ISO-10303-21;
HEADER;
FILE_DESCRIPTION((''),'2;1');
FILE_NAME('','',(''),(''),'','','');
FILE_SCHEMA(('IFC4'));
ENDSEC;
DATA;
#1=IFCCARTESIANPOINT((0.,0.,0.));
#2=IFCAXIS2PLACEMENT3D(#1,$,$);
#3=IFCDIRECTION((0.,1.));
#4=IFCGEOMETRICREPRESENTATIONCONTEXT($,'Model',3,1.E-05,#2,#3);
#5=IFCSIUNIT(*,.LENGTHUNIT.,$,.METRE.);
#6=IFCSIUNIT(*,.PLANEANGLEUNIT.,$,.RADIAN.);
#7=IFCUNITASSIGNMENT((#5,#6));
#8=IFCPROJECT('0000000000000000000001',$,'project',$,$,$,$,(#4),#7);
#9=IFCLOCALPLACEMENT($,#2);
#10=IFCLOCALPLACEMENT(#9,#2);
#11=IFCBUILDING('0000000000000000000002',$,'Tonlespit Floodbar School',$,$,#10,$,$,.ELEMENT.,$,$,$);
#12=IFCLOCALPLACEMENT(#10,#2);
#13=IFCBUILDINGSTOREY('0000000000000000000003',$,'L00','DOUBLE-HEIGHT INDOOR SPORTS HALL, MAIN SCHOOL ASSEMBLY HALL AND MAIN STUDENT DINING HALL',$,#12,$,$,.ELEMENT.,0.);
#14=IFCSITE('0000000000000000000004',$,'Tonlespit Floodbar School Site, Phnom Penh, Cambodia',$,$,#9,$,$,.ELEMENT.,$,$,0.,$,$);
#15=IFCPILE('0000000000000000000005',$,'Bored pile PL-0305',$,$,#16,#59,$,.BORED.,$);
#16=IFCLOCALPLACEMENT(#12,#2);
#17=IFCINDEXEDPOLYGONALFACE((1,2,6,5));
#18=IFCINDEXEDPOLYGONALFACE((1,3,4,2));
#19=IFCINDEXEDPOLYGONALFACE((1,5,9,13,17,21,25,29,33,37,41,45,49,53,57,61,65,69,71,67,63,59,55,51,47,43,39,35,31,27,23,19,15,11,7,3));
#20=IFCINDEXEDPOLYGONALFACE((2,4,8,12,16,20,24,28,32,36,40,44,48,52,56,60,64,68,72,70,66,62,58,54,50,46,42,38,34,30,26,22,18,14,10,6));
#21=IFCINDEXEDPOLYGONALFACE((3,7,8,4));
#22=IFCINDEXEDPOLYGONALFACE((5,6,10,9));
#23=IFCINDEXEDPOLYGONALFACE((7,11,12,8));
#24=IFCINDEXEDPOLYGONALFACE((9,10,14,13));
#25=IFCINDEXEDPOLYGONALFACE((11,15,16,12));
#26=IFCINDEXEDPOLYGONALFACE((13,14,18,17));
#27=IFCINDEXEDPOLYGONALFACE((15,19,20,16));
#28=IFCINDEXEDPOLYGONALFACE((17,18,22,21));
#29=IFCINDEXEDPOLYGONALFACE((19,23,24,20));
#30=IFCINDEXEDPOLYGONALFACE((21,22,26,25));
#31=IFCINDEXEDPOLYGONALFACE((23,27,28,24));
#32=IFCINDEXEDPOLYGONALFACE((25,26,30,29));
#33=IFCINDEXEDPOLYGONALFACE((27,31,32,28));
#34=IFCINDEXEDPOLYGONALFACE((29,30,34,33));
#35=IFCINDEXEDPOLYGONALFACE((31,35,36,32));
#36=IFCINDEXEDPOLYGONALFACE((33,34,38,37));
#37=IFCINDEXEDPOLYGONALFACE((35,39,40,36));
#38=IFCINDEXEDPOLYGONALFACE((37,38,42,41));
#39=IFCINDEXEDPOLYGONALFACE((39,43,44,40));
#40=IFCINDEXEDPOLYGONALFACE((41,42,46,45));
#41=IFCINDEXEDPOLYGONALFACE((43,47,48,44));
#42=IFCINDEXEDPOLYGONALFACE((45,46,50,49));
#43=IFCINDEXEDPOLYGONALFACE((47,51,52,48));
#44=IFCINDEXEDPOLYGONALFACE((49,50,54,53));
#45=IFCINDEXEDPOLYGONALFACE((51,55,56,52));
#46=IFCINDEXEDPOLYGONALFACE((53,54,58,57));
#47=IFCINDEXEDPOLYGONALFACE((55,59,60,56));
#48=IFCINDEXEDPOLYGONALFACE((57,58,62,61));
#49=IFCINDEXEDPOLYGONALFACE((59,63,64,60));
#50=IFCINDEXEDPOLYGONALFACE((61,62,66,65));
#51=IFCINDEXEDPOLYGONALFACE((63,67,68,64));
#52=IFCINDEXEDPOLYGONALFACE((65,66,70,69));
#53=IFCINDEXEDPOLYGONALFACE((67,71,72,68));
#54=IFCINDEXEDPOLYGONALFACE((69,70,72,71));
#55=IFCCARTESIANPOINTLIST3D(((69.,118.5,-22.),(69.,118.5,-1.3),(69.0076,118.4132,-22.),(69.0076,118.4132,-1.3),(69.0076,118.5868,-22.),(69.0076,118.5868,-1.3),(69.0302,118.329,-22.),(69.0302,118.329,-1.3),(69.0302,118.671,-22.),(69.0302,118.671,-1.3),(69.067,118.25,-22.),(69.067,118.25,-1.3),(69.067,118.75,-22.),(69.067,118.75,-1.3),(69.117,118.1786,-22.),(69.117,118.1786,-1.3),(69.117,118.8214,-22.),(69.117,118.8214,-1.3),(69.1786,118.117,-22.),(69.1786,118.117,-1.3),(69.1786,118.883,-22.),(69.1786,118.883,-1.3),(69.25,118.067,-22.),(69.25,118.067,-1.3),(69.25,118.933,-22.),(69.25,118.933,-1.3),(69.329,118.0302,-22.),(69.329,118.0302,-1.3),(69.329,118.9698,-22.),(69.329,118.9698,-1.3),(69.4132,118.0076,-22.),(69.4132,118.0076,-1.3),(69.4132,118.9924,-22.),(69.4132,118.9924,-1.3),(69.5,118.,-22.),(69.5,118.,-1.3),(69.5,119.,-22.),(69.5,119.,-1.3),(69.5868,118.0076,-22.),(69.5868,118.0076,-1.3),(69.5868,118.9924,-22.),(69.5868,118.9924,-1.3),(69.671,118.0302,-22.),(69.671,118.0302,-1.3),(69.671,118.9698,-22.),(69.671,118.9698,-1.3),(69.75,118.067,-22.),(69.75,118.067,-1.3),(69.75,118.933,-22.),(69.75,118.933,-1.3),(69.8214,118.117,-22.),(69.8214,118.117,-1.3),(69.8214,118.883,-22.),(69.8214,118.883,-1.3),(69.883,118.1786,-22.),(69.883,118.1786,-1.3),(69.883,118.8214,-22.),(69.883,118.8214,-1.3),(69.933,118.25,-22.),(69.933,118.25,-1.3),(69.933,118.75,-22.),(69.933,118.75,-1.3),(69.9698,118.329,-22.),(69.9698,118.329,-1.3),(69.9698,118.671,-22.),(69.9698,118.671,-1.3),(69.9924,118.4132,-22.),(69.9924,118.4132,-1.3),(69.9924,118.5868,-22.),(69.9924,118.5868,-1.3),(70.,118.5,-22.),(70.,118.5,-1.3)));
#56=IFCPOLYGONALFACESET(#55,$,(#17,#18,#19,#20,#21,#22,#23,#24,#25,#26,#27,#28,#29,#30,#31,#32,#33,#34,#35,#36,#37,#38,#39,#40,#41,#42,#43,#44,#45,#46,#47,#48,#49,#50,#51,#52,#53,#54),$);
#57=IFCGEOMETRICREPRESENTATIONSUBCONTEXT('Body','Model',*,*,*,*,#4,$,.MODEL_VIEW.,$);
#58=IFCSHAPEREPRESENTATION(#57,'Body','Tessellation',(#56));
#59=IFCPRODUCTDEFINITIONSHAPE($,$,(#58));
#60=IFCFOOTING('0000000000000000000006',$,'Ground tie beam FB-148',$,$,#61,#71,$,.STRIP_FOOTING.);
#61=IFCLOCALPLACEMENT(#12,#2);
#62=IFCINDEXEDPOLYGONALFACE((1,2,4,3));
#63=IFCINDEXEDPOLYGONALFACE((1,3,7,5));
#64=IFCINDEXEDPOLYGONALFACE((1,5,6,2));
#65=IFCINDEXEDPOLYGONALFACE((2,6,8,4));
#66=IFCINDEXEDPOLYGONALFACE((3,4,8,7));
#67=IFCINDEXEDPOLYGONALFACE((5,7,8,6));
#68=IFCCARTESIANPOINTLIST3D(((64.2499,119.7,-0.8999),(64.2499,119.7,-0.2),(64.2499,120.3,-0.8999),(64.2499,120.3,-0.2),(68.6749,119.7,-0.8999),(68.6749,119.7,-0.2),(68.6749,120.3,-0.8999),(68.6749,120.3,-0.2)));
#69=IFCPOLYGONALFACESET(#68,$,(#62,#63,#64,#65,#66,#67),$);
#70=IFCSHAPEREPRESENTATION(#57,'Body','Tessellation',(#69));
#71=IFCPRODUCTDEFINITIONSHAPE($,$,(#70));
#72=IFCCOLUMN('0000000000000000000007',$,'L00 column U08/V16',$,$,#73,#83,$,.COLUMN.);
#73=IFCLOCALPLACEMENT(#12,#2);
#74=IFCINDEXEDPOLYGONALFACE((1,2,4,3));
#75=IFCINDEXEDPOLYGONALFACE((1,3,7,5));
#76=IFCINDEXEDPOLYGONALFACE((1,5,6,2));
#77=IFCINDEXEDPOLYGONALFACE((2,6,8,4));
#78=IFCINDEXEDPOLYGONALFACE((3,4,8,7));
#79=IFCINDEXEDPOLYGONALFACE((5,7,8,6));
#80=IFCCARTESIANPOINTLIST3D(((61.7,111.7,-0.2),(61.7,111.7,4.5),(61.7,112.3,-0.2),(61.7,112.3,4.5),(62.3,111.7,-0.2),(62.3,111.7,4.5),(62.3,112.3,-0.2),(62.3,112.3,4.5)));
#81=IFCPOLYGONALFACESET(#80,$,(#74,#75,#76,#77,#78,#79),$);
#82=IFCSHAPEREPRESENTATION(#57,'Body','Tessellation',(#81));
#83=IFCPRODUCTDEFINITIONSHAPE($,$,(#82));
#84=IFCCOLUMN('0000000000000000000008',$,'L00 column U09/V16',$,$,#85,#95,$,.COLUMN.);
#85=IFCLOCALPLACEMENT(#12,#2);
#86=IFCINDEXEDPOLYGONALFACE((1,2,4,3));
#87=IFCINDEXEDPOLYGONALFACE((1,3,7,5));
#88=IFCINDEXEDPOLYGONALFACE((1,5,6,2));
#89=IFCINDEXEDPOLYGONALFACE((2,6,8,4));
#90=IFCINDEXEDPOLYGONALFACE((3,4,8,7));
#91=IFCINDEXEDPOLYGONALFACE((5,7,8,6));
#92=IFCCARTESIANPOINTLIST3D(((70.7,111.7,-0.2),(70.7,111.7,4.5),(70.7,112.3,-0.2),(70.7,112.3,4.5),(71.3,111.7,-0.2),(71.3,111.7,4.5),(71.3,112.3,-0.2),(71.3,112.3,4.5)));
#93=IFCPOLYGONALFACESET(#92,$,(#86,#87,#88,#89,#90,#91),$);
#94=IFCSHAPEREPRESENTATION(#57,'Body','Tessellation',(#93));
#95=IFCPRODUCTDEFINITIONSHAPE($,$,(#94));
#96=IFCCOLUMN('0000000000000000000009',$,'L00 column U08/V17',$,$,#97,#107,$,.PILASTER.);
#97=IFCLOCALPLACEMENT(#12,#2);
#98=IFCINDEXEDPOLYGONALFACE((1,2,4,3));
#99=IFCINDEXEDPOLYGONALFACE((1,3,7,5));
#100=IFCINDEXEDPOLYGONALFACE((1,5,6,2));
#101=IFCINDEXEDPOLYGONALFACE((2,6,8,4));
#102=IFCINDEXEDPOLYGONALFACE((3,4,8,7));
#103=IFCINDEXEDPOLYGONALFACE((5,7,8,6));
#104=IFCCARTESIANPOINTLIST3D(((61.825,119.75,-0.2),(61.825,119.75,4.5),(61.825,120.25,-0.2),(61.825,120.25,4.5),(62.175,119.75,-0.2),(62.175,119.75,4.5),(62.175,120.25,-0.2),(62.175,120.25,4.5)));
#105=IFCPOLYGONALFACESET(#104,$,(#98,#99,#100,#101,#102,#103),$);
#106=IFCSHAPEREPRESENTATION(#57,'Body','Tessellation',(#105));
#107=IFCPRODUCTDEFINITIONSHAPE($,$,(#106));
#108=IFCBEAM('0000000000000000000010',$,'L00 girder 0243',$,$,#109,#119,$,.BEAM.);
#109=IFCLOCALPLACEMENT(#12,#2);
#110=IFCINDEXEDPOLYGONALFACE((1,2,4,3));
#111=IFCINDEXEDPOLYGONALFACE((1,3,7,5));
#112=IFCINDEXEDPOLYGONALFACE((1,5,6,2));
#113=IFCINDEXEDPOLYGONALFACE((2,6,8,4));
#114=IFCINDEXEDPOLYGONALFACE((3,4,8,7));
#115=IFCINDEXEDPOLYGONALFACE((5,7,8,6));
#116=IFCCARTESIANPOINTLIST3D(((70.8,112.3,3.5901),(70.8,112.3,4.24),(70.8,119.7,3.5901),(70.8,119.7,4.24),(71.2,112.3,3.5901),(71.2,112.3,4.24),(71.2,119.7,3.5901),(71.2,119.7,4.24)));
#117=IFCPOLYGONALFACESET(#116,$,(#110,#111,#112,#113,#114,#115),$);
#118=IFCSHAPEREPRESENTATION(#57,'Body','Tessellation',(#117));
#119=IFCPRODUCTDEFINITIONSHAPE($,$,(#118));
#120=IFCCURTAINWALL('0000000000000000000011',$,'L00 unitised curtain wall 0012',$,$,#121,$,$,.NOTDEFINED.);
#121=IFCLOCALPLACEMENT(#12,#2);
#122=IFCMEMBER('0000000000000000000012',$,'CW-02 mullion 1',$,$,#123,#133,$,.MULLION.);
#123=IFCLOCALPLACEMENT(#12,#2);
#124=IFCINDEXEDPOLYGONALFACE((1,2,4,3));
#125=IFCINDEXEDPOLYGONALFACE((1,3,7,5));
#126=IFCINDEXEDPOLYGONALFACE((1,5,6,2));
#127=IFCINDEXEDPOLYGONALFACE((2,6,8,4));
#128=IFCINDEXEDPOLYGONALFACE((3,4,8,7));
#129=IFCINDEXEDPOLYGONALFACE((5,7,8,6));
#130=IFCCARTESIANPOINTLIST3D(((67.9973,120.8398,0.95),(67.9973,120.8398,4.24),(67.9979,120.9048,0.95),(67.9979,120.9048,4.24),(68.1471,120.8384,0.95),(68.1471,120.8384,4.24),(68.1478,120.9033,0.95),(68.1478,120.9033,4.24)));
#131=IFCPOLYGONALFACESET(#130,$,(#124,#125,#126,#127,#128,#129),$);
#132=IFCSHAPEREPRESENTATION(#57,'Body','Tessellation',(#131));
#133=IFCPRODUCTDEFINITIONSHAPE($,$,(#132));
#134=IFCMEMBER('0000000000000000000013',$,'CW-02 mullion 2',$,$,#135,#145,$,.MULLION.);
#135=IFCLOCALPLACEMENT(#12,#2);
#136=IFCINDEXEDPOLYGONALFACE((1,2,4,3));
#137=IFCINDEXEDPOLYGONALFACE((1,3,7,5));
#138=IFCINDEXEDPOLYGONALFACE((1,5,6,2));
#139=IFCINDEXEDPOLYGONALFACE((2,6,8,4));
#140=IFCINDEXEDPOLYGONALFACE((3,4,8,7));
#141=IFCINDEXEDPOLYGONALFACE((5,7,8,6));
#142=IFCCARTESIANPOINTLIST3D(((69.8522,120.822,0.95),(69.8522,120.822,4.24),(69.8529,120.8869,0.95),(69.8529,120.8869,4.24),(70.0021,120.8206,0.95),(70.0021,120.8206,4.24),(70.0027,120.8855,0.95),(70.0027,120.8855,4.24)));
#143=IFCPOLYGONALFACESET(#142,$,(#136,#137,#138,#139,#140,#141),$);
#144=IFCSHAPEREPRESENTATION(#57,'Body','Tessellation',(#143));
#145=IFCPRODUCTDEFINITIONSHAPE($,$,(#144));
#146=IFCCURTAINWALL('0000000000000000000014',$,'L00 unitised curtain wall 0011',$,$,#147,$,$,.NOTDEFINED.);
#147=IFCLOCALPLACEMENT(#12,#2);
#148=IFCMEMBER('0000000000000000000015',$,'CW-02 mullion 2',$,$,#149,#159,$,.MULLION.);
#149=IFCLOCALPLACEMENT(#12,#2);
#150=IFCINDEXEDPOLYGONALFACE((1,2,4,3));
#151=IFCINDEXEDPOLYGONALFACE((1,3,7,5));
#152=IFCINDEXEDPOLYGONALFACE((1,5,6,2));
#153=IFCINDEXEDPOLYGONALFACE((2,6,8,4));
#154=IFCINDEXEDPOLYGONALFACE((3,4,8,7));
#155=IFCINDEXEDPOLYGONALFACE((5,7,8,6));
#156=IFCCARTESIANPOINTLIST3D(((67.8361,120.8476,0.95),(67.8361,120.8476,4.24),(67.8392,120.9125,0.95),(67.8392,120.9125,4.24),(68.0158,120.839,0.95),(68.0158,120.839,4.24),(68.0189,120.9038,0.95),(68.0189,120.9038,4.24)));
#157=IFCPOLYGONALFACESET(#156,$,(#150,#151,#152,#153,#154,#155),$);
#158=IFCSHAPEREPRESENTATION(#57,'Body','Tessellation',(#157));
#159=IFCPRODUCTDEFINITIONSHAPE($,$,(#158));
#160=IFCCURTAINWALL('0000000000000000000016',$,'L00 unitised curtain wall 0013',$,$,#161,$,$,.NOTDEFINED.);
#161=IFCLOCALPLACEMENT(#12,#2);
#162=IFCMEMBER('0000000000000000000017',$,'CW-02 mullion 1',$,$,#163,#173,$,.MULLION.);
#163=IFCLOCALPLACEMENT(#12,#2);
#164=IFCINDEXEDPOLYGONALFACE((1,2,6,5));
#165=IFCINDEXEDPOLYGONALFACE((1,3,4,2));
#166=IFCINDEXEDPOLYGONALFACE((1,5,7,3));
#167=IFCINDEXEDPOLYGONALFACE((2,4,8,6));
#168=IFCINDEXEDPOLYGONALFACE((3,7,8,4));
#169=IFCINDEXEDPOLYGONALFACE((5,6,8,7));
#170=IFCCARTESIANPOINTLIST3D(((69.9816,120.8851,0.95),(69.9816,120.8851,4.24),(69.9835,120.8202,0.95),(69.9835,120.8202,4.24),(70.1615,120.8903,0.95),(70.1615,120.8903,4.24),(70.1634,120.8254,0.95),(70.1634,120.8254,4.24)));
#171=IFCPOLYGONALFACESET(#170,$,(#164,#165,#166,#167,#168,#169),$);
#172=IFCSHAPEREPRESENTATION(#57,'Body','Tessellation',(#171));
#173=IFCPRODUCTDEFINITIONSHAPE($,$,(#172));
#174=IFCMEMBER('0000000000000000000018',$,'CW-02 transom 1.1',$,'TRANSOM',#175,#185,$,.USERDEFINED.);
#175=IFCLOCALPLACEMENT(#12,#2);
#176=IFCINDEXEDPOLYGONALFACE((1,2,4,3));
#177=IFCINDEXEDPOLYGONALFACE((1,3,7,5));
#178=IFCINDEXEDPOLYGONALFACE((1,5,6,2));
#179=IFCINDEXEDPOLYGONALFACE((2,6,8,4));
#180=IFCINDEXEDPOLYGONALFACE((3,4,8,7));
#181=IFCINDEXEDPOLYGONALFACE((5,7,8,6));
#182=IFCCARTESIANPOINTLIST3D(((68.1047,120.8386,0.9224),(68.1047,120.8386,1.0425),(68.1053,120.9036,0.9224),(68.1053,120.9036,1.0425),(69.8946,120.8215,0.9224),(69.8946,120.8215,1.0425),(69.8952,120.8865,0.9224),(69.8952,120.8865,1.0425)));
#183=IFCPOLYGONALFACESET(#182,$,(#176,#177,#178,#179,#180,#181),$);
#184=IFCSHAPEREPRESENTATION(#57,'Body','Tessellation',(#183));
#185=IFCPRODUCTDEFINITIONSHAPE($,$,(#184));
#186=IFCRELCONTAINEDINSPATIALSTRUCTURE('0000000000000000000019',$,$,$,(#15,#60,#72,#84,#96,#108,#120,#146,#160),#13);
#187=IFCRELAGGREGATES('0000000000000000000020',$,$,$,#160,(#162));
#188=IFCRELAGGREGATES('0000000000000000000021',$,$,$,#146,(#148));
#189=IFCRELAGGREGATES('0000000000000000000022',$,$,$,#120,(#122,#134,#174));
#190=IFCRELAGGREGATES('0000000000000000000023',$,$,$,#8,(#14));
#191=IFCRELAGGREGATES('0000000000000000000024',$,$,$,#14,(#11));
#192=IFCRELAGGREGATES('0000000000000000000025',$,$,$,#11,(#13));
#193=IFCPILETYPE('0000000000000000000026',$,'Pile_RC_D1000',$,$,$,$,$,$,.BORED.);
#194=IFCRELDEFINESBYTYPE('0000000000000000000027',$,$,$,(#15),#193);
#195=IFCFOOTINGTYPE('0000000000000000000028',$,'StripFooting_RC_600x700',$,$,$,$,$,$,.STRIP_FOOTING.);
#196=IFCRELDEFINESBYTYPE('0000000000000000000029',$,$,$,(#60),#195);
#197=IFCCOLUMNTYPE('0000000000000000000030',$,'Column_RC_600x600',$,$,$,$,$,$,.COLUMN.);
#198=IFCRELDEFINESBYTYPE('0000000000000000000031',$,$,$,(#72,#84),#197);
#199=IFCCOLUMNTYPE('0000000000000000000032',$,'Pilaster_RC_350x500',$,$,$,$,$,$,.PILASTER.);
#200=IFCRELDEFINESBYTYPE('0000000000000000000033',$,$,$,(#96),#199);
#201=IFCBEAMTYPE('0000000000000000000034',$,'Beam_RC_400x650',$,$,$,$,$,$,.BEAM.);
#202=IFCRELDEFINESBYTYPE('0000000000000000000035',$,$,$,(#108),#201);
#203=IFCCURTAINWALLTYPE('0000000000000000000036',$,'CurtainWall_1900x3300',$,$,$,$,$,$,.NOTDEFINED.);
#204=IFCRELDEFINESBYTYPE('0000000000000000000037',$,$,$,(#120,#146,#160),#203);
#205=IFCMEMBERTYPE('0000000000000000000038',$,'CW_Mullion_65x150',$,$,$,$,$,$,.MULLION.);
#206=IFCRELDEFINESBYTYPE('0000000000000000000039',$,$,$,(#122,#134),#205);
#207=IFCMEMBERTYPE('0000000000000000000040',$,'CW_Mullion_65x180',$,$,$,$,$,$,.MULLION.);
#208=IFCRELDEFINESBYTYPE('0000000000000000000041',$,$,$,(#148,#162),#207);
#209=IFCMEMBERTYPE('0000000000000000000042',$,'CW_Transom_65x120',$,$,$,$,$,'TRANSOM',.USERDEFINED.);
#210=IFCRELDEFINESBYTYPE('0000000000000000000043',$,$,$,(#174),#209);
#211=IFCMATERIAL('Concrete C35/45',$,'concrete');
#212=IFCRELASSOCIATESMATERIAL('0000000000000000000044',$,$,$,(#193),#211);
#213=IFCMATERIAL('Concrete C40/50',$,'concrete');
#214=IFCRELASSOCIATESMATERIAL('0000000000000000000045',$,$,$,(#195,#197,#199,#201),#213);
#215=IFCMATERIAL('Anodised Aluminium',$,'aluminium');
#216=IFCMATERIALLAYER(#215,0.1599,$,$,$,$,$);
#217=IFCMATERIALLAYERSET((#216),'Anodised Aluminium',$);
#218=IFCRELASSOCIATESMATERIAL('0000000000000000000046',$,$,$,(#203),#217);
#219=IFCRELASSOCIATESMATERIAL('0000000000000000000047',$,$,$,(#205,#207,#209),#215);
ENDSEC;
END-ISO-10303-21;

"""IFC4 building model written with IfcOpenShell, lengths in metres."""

from ifc_helpers import new_model, si_unit, direction, frame, origin, origin_2d, place, context, subcontext, project, spatial, rectangle, circle, extrude, material, layer, layer_set, material_profile, profile_set, type_object, element, aggregate, save


model = new_model("IFC4")

# Units and contexts
model_context = context("Model", 3, precision=1e-05, world=origin(), true_north=direction((0.0, 1.0)))
body_context = subcontext(model_context, "Body", "Model", "MODEL_VIEW")
ifc_project = project(units=[si_unit("LENGTHUNIT", "METRE"), si_unit("PLANEANGLEUNIT", "RADIAN")], contexts=[model_context])

# Site, building, storey
site_placement = place(None, origin())
site = spatial("IfcSite", under=ifc_project, at=site_placement, Name="Tonlespit Floodbar School Site, Phnom Penh, Cambodia", CompositionType="ELEMENT", RefElevation=0.0)
building_placement = place(site_placement, origin())
building = spatial("IfcBuilding", under=site, at=building_placement, Name="Tonlespit Floodbar School", CompositionType="ELEMENT")
storey_placement = place(building_placement, origin())
storey = spatial("IfcBuildingStorey", under=building, at=storey_placement, Name="L00", Description="DOUBLE-HEIGHT INDOOR SPORTS HALL, MAIN SCHOOL ASSEMBLY HALL AND MAIN STUDENT DINING HALL", CompositionType="ELEMENT", Elevation=0.0)

# Shared definitions
ifc_material_1 = material(Name="Concrete C40/50", Category="concrete")

# Pile
ifc_material_2 = material(Name="Concrete C35/45", Category="concrete")
ifc_material_profile_1 = material_profile(ifc_material_2, circle(Radius=0.5, at=origin_2d()), Name="BP D1000")
ifc_profile_set_1 = profile_set([ifc_material_profile_1], Name="Concrete C35/45")
pile_type = type_object("IfcPileType", Name="Pile_RC_D1000", PredefinedType="BORED", material=ifc_profile_set_1)
for number, where, z_axis, x_axis, name in (
    (1, (69.5, 118.5, -1.3), (0.0, 0.0, -1.0), (1.0, 0.0, 0.0), "Bored pile PL-0305"),
):
    element("IfcPile", number, at=place(storey_placement, frame(where, z_axis=z_axis, x_axis=x_axis)), inside=storey, type_object=pile_type, Name=name, PredefinedType="BORED", context=body_context, shape_type="SweptSolid", body=[
        extrude(circle(Radius=0.5, at=origin_2d()), origin(), (0.0, 0.0, 1.0), 20.7),
    ])

# Footing
footing_type_1 = type_object("IfcFootingType", Name="StripFooting_RC_600x700", PredefinedType="STRIP_FOOTING", material=ifc_material_1)
footing_1_placement = place(storey_placement, frame((66.4624, 120.0, -0.8999), z_axis=(0.0, 0.0, 1.0), x_axis=(1.0, 0.0, 0.0)))
element("IfcFooting", 2, at=footing_1_placement, inside=storey, type_object=footing_type_1, Name="Ground tie beam FB-148", PredefinedType="STRIP_FOOTING", context=body_context, shape_type="SweptSolid", body=[
    extrude(rectangle(XDim=4.425, YDim=0.6001, at=origin_2d()), origin(), (0.0, 0.0, 1.0), 0.7),
])

# Columns
ifc_material_profile_2 = material_profile(ifc_material_1, rectangle(XDim=0.6001, YDim=0.6001, at=origin_2d()), Name="RC 600x600")
ifc_profile_set_2 = profile_set([ifc_material_profile_2], Name="Concrete C40/50")
column_type_1 = type_object("IfcColumnType", Name="Column_RC_600x600", PredefinedType="COLUMN", material=ifc_profile_set_2)
for number, where, z_axis, x_axis, name in (
    (3, (62.0, 112.0, -0.2), (0.0, 0.0, 1.0), (1.0, 0.0, 0.0), "L00 column U08/V16"),
    (4, (71.0, 112.0, -0.2), (0.0, 0.0, 1.0), (1.0, 0.0, 0.0), "L00 column U09/V16"),
):
    element("IfcColumn", number, at=place(storey_placement, frame(where, z_axis=z_axis, x_axis=x_axis)), inside=storey, type_object=column_type_1, Name=name, PredefinedType="COLUMN", context=body_context, shape_type="SweptSolid", body=[
        extrude(rectangle(XDim=0.6001, YDim=0.6001, at=origin_2d()), origin(), (0.0, 0.0, 1.0), 4.7),
    ])
ifc_material_profile_3 = material_profile(ifc_material_1, rectangle(XDim=0.3501, YDim=0.5, at=origin_2d()), Name="RC 350x500")
ifc_profile_set_3 = profile_set([ifc_material_profile_3], Name="Concrete C40/50")
column_type_2 = type_object("IfcColumnType", Name="Pilaster_RC_350x500", PredefinedType="PILASTER", material=ifc_profile_set_3)
column_placement = place(storey_placement, frame((62.0, 120.0, -0.2), z_axis=(0.0, 0.0, 1.0), x_axis=(1.0, 0.0, 0.0)))
element("IfcColumn", 5, at=column_placement, inside=storey, type_object=column_type_2, Name="L00 column U08/V17", PredefinedType="PILASTER", context=body_context, shape_type="SweptSolid", body=[
    extrude(rectangle(XDim=0.3501, YDim=0.5, at=origin_2d()), origin(), (0.0, 0.0, 1.0), 4.7),
])

# Beam
ifc_material_profile_4 = material_profile(ifc_material_1, rectangle(XDim=0.3999, YDim=0.6499, at=origin_2d()), Name="RC 400x650")
ifc_profile_set_4 = profile_set([ifc_material_profile_4], Name="Concrete C40/50")
beam_type_1 = type_object("IfcBeamType", Name="Beam_RC_400x650", PredefinedType="BEAM", material=ifc_profile_set_4)
beam_1_placement = place(storey_placement, frame((71.0, 112.3, 3.915), z_axis=(0.0, 1.0, 0.0), x_axis=(-1.0, 0.0, 0.0)))
element("IfcBeam", 6, at=beam_1_placement, inside=storey, type_object=beam_type_1, Name="L00 girder 0243", PredefinedType="BEAM", context=body_context, shape_type="SweptSolid", body=[
    extrude(rectangle(XDim=0.3999, YDim=0.6499, at=origin_2d()), origin(), (0.0, 0.0, 1.0), 7.3999),
])

# Curtain wall, members
ifc_material_3 = material(Name="Anodised Aluminium", Category="aluminium")
ifc_layer_1 = layer(ifc_material_3, 0.1599)
ifc_layer_set_1 = layer_set([ifc_layer_1], Name="Anodised Aluminium")
curtain_wall_type = type_object("IfcCurtainWallType", Name="CurtainWall_1900x3300", PredefinedType="NOTDEFINED", material=ifc_layer_set_1)
curtain_wall_1_placement = place(storey_placement, origin())
curtain_wall_1 = element("IfcCurtainWall", 7, at=curtain_wall_1_placement, inside=storey, type_object=curtain_wall_type, Name="L00 unitised curtain wall 0012", PredefinedType="NOTDEFINED")
ifc_material_profile_5 = material_profile(ifc_material_3, rectangle(XDim=0.0649, YDim=0.1499, at=origin_2d()), Name="ALU M65x150")
ifc_profile_set_5 = profile_set([ifc_material_profile_5], Name="Anodised Aluminium")
member_type_1 = type_object("IfcMemberType", Name="CW_Mullion_65x150", PredefinedType="MULLION", material=ifc_profile_set_5)
member_1_placement = place(storey_placement, frame((68.0725, 120.8716, 0.95), z_axis=(0.0, 0.0, 1.0), x_axis=(0.009583, 0.999954, 0.0)))
member_1 = element("IfcMember", 8, at=member_1_placement, type_object=member_type_1, Name="CW-02 mullion 1", PredefinedType="MULLION", context=body_context, shape_type="SweptSolid", body=[
    extrude(rectangle(XDim=0.0649, YDim=0.1499, at=origin_2d()), origin(), (0.0, 0.0, 1.0), 3.29),
])
member_2_placement = place(storey_placement, frame((69.9275, 120.8538, 0.95), z_axis=(0.0, 0.0, 1.0), x_axis=(0.009583, 0.999954, 0.0)))
member_2 = element("IfcMember", 9, at=member_2_placement, type_object=member_type_1, Name="CW-02 mullion 2", PredefinedType="MULLION", context=body_context, shape_type="SweptSolid", body=[
    extrude(rectangle(XDim=0.0649, YDim=0.1499, at=origin_2d()), origin(), (0.0, 0.0, 1.0), 3.29),
])

# Curtain walls, members
curtain_wall_2_placement = place(storey_placement, origin())
curtain_wall_2 = element("IfcCurtainWall", 10, at=curtain_wall_2_placement, inside=storey, type_object=curtain_wall_type, Name="L00 unitised curtain wall 0011", PredefinedType="NOTDEFINED")
ifc_material_profile_6 = material_profile(ifc_material_3, rectangle(XDim=0.0649, YDim=0.1799, at=origin_2d()), Name="ALU M65x180")
ifc_profile_set_6 = profile_set([ifc_material_profile_6], Name="Anodised Aluminium")
member_type_2 = type_object("IfcMemberType", Name="CW_Mullion_65x180", PredefinedType="MULLION", material=ifc_profile_set_6)
member_3_placement = place(storey_placement, frame((67.9275, 120.8757, 0.95), z_axis=(0.0, 0.0, 1.0), x_axis=(0.048121, 0.998842, 0.0)))
member_3 = element("IfcMember", 11, at=member_3_placement, type_object=member_type_2, Name="CW-02 mullion 2", PredefinedType="MULLION", context=body_context, shape_type="SweptSolid", body=[
    extrude(rectangle(XDim=0.0649, YDim=0.1799, at=origin_2d()), origin(), (0.0, 0.0, 1.0), 3.29),
])
curtain_wall_3_placement = place(storey_placement, origin())
curtain_wall_3 = element("IfcCurtainWall", 12, at=curtain_wall_3_placement, inside=storey, type_object=curtain_wall_type, Name="L00 unitised curtain wall 0013", PredefinedType="NOTDEFINED")
member_4_placement = place(storey_placement, frame((70.0725, 120.8552, 0.95), z_axis=(0.0, 0.0, 1.0), x_axis=(-0.02879, 0.999585, 0.0)))
member_4 = element("IfcMember", 13, at=member_4_placement, type_object=member_type_2, Name="CW-02 mullion 1", PredefinedType="MULLION", context=body_context, shape_type="SweptSolid", body=[
    extrude(rectangle(XDim=0.0649, YDim=0.1799, at=origin_2d()), origin(), (0.0, 0.0, 1.0), 3.29),
])

# Member
ifc_material_profile_7 = material_profile(ifc_material_3, rectangle(XDim=0.0649, YDim=0.1201, at=origin_2d()), Name="ALU T65x120")
ifc_profile_set_7 = profile_set([ifc_material_profile_7], Name="Anodised Aluminium")
member_type_3 = type_object("IfcMemberType", Name="CW_Transom_65x120", ElementType="TRANSOM", PredefinedType="USERDEFINED", material=ifc_profile_set_7)
member_5_placement = place(storey_placement, frame((68.105, 120.8711, 0.9824), z_axis=(0.999954, -0.009547, 0.0), x_axis=(0.009547, 0.999954, 0.0)))
member_5 = element("IfcMember", 14, at=member_5_placement, type_object=member_type_3, Name="CW-02 transom 1.1", ObjectType="TRANSOM", PredefinedType="USERDEFINED", context=body_context, shape_type="SweptSolid", body=[
    extrude(rectangle(XDim=0.0649, YDim=0.1201, at=origin_2d()), origin(), (0.0, 0.0, 1.0), 1.79),
])
aggregate(curtain_wall_3, [member_4])

aggregate(curtain_wall_2, [member_3])
aggregate(curtain_wall_1, [member_1, member_2, member_5])

save(model, "model.ifc")
